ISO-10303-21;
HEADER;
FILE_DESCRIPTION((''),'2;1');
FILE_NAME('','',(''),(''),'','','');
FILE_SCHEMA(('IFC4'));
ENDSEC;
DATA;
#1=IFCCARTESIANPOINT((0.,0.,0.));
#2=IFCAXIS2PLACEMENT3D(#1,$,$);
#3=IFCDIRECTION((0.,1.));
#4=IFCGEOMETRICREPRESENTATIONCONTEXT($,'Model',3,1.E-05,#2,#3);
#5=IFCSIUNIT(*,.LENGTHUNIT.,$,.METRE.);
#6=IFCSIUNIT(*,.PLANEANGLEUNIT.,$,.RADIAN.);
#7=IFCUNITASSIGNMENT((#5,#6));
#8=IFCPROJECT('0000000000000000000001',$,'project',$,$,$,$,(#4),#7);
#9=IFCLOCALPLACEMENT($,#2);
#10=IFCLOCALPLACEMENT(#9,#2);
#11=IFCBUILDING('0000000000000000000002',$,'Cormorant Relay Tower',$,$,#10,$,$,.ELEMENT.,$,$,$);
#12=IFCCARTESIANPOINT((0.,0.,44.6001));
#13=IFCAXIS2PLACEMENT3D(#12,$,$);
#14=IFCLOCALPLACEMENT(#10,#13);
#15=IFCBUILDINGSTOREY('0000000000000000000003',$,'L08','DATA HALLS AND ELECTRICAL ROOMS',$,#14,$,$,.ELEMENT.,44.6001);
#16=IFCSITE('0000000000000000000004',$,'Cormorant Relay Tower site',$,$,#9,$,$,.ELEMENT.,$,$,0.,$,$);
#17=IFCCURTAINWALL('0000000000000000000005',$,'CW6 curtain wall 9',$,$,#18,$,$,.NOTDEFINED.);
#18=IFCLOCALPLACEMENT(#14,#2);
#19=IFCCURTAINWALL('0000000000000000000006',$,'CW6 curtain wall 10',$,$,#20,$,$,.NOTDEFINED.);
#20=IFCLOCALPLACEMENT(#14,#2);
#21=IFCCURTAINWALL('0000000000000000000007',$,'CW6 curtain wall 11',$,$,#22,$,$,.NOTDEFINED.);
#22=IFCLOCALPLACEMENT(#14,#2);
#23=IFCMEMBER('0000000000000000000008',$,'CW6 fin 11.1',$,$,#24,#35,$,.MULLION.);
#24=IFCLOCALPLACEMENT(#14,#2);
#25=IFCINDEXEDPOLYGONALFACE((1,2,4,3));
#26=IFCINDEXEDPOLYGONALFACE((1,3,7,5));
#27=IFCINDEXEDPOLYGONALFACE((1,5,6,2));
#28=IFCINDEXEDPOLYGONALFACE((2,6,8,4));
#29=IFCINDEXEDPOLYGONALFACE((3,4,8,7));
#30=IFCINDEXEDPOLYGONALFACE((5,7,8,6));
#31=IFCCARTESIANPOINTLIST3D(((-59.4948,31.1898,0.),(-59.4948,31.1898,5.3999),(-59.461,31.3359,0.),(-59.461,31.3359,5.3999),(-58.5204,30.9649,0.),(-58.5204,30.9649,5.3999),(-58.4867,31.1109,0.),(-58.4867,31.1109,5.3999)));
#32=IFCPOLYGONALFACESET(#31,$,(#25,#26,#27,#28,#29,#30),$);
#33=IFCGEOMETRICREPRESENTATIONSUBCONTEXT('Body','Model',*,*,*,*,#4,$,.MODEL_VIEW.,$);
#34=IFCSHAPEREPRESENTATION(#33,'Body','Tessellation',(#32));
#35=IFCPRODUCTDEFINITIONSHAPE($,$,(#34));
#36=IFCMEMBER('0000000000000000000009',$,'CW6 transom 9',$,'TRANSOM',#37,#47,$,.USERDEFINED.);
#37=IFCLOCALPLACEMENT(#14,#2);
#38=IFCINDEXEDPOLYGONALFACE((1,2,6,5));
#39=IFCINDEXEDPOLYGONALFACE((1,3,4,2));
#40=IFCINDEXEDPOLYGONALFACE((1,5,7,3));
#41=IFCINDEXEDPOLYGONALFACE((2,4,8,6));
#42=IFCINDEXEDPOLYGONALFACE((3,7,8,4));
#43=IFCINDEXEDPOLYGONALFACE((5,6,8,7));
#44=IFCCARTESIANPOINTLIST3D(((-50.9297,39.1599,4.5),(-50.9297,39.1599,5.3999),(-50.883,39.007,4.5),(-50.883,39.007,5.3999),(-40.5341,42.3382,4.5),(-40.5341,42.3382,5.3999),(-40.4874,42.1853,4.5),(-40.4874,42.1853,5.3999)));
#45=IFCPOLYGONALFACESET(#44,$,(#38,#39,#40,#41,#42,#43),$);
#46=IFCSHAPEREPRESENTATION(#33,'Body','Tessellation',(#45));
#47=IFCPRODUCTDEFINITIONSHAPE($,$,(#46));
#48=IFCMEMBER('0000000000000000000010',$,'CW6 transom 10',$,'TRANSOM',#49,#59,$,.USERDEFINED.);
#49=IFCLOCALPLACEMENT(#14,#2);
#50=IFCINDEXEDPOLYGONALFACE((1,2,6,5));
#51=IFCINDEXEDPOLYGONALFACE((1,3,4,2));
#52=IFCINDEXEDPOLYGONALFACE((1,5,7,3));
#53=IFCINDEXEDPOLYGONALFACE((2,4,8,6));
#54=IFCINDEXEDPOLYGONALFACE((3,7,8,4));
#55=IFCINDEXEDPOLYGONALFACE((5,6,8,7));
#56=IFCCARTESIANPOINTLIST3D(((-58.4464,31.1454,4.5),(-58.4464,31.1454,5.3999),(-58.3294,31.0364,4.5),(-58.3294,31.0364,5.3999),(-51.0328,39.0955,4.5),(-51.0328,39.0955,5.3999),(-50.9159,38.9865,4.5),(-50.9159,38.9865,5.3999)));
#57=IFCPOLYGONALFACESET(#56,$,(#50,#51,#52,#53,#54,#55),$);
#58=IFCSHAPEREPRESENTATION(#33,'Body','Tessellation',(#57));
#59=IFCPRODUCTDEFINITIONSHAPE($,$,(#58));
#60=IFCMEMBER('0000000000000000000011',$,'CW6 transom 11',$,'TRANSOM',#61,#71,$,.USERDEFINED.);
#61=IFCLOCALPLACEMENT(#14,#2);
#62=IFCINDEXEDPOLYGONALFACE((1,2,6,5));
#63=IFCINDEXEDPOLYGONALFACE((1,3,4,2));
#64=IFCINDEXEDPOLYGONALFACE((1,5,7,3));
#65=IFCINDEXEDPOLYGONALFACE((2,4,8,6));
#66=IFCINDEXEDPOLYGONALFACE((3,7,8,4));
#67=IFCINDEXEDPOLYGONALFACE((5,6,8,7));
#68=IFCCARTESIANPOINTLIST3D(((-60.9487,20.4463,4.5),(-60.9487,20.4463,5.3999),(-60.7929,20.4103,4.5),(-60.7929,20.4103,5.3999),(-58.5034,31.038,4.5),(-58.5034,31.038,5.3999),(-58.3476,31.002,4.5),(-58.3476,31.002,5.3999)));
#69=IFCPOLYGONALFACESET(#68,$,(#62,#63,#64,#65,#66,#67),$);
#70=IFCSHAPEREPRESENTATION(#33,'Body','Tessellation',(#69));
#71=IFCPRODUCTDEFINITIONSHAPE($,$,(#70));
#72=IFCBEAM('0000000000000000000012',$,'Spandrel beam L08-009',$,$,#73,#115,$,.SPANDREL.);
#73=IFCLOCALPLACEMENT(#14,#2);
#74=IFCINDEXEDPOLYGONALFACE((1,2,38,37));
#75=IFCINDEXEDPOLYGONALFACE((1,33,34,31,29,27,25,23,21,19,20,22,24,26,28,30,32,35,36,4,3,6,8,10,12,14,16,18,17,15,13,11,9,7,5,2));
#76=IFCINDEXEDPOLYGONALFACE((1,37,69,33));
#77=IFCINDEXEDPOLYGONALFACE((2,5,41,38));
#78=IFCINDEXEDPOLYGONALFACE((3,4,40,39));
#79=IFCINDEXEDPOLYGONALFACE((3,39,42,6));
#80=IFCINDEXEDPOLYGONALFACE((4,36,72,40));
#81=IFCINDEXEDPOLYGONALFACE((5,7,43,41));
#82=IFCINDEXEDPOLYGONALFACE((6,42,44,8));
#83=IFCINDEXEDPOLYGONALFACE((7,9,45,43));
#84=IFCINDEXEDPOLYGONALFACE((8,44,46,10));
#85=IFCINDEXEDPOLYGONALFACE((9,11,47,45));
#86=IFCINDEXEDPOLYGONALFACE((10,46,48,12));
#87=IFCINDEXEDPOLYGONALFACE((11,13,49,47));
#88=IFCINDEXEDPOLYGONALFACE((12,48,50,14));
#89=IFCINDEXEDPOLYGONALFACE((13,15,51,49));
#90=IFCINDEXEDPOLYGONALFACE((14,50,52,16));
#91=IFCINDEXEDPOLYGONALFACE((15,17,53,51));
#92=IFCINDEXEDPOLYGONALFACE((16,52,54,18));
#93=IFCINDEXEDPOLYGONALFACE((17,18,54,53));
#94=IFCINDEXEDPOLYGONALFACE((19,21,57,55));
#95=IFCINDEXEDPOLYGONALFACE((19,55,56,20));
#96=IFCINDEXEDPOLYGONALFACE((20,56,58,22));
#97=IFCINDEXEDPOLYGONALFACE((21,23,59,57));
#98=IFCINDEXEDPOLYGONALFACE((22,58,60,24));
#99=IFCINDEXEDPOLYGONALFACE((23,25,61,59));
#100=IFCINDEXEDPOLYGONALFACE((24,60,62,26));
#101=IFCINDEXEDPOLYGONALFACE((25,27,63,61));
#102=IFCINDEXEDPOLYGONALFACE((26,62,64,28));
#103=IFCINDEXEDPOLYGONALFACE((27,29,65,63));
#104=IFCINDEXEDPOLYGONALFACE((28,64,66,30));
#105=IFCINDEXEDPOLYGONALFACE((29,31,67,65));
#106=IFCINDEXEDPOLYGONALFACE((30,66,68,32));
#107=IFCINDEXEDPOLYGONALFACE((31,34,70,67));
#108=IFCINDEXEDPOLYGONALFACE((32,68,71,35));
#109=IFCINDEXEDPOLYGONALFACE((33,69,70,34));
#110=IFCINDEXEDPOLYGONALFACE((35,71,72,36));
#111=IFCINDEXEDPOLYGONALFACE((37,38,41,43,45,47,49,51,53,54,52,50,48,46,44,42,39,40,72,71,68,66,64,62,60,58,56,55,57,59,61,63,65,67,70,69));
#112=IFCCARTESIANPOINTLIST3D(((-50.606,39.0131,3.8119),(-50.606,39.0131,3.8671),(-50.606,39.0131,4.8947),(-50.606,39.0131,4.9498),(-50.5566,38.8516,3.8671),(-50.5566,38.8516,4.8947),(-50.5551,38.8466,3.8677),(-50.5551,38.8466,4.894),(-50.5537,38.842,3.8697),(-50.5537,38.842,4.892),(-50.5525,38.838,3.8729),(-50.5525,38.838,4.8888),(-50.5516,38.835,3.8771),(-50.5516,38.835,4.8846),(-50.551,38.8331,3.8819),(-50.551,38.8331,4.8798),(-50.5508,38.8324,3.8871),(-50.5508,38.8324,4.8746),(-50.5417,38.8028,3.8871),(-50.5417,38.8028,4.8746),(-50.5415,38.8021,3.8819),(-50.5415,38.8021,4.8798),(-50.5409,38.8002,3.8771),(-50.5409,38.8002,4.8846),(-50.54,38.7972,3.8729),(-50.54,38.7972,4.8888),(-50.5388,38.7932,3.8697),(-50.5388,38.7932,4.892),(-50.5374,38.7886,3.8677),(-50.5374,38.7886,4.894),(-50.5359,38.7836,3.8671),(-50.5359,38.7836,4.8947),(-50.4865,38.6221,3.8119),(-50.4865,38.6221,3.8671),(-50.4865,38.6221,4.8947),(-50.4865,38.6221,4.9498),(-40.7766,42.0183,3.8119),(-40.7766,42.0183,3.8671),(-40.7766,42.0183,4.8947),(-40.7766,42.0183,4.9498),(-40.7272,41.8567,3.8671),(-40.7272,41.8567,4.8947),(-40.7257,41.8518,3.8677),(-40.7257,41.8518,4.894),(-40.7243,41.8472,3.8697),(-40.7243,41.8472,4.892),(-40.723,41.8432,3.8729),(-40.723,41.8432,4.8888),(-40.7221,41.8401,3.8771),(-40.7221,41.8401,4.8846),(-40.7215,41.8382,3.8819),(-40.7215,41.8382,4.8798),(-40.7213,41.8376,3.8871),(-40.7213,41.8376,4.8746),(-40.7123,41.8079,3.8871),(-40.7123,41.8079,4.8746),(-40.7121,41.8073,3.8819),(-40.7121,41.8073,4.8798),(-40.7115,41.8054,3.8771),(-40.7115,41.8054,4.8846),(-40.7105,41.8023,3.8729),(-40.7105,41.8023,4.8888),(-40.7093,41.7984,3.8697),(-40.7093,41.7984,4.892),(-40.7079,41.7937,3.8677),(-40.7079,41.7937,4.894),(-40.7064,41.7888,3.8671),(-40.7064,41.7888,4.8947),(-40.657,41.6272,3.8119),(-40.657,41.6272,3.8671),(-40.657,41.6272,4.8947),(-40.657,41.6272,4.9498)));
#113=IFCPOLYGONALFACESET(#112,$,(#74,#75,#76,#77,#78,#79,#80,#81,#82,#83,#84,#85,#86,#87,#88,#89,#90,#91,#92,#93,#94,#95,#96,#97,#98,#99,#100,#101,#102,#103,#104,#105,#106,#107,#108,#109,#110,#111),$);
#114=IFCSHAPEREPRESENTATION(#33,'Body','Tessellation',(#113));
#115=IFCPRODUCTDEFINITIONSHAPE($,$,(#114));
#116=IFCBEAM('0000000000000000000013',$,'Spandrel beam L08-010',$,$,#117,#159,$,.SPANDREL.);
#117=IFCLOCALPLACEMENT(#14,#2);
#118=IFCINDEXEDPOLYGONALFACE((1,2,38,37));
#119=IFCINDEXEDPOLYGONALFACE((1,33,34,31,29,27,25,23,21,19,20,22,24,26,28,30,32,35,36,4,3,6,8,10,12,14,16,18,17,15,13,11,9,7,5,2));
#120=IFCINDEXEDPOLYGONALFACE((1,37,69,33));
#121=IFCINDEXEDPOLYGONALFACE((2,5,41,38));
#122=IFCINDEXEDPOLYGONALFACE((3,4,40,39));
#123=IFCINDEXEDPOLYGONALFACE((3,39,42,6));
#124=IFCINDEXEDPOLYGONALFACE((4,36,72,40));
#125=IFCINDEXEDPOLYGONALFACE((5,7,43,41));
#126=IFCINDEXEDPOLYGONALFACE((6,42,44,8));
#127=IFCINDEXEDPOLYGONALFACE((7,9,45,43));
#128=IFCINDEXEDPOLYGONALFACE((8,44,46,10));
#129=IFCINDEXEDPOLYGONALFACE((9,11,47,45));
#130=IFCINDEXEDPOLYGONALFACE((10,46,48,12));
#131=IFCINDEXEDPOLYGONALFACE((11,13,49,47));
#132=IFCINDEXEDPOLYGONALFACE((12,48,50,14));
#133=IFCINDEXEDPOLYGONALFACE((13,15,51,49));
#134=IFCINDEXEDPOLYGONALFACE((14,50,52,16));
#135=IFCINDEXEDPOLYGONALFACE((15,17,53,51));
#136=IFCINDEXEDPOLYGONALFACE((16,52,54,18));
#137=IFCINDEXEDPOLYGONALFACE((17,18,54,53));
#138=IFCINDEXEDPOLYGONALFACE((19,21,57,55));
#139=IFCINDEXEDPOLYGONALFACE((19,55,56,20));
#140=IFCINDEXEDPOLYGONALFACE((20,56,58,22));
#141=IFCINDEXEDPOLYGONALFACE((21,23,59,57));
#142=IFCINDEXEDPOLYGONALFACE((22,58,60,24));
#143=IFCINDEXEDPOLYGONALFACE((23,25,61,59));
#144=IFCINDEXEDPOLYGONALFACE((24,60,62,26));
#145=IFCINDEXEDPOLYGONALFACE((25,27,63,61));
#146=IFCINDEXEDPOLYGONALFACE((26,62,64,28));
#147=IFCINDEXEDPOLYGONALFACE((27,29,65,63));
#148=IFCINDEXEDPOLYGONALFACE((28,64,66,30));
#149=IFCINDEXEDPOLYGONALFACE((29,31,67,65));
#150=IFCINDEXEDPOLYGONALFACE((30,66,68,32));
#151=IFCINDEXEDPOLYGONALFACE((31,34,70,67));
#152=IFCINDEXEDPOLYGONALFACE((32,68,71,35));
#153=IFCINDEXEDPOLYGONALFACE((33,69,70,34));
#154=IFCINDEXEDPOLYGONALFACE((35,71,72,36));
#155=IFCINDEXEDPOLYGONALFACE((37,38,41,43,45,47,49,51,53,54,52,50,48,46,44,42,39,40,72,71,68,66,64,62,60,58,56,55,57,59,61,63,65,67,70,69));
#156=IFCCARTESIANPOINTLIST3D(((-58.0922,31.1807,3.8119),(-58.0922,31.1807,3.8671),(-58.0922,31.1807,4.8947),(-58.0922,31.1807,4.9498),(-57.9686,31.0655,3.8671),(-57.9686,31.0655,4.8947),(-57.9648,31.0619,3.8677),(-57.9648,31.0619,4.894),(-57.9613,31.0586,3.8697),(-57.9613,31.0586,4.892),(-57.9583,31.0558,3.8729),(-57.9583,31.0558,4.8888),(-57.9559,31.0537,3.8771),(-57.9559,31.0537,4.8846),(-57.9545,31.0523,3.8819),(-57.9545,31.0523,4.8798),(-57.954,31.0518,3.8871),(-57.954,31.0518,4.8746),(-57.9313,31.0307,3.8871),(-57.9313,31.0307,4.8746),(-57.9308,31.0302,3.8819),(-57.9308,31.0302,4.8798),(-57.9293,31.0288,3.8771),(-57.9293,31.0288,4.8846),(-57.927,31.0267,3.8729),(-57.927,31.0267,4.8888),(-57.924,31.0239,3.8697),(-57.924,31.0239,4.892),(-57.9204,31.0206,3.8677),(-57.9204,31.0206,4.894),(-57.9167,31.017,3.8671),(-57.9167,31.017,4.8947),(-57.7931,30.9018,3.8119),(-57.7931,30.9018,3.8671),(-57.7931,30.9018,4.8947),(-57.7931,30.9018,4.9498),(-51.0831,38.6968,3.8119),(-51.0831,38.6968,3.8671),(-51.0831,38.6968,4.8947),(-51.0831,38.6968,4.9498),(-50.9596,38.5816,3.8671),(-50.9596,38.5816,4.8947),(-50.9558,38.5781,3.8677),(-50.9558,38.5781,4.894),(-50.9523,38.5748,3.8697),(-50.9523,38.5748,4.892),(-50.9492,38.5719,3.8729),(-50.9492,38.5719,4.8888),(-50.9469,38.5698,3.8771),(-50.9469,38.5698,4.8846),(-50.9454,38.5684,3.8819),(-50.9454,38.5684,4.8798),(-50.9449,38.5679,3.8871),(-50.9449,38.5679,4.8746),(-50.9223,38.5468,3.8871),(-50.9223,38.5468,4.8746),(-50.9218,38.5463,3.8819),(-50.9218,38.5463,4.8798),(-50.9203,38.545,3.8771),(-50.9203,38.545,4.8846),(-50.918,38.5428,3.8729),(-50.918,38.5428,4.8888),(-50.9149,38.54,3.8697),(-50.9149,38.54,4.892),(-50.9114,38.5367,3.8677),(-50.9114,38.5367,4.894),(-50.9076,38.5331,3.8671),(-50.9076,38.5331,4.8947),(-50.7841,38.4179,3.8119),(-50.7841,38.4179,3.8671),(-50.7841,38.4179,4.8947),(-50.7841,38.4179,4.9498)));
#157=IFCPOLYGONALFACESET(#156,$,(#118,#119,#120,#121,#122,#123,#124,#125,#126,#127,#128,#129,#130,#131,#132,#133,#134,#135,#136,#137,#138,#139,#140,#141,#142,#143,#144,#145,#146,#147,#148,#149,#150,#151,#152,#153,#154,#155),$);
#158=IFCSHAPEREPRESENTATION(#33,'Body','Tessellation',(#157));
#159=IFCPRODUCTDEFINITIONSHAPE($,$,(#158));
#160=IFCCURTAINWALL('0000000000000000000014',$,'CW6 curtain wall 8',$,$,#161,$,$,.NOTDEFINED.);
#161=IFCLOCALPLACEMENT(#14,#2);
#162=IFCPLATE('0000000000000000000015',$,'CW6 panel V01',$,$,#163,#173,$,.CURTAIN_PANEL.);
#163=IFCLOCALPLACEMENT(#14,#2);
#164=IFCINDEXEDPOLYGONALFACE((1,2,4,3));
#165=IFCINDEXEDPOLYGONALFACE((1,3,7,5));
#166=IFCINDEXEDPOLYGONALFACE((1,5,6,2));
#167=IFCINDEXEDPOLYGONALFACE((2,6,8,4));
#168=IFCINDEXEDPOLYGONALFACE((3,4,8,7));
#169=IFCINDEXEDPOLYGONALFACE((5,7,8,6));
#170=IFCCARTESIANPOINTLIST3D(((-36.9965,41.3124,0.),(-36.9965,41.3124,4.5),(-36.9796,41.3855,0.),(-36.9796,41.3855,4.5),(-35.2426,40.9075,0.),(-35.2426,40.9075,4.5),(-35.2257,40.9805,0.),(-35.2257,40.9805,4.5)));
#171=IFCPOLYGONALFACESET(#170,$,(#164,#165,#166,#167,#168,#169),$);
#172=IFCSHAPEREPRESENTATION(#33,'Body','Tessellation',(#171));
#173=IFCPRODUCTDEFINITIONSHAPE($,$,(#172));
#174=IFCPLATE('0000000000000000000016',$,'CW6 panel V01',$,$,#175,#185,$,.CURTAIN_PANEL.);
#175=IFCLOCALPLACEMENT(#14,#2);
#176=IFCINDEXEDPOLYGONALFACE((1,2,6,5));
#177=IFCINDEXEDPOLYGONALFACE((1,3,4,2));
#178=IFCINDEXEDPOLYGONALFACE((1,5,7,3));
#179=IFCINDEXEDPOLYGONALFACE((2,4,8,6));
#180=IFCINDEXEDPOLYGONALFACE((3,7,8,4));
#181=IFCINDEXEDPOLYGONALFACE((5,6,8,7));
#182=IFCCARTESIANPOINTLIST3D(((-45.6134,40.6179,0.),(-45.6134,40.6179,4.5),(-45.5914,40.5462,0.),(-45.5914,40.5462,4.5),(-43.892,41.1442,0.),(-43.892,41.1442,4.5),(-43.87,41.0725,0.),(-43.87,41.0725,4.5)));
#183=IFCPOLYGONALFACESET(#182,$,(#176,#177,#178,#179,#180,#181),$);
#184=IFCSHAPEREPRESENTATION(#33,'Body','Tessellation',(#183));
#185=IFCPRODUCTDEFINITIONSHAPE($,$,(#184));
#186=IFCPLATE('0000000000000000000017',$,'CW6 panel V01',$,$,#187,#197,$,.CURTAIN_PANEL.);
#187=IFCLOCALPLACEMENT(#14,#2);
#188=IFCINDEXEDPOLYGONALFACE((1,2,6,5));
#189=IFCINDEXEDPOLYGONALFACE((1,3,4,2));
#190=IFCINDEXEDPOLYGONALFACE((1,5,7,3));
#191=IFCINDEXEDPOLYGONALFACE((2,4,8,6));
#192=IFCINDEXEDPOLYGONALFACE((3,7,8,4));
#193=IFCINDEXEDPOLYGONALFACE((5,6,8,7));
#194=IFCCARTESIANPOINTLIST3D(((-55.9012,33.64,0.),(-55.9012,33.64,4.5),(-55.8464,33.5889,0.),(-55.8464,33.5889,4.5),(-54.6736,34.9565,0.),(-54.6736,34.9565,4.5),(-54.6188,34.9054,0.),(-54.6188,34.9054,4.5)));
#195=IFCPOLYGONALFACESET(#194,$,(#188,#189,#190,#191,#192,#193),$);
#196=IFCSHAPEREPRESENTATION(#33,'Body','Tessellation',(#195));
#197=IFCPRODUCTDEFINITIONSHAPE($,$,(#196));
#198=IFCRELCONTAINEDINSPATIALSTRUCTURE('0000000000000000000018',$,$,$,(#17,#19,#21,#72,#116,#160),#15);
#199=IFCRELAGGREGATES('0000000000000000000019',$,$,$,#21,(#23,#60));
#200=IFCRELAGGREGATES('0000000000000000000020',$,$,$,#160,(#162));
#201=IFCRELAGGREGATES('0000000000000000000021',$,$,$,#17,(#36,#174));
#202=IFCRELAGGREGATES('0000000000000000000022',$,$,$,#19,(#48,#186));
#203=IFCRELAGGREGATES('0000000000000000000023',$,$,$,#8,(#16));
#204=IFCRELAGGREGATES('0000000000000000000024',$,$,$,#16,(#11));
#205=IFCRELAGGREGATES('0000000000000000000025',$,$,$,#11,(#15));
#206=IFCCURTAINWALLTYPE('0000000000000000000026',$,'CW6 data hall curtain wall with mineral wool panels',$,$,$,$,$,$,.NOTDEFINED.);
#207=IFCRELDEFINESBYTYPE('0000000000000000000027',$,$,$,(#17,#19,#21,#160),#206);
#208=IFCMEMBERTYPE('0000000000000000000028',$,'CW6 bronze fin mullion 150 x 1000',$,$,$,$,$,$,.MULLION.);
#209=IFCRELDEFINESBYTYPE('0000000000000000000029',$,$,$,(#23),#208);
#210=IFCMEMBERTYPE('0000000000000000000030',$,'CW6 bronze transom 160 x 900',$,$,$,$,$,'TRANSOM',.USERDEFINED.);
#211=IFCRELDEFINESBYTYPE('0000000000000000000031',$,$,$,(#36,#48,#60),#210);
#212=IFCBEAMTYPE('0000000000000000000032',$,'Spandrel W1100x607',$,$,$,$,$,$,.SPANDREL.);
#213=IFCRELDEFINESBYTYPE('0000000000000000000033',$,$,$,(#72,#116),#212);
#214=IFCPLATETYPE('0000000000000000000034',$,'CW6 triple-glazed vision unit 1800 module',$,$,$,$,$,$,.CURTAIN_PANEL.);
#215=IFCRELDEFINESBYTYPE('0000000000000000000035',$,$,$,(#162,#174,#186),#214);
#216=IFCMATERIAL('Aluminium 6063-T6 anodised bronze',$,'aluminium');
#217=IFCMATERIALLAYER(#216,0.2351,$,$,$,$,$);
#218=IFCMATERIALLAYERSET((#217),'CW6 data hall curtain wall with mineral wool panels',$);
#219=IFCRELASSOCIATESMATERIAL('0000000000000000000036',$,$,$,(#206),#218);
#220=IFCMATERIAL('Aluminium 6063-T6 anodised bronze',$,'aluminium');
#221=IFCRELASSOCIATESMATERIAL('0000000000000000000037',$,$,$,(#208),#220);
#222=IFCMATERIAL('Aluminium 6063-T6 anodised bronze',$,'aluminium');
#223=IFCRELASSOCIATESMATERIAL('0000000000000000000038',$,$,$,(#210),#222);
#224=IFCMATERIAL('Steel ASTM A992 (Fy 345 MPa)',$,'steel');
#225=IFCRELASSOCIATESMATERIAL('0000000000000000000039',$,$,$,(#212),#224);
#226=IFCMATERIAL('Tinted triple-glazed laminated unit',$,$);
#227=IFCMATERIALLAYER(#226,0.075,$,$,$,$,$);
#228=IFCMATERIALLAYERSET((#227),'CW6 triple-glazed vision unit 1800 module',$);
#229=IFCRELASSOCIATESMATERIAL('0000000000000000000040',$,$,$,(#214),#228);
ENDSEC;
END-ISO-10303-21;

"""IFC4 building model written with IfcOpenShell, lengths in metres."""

from ifc_helpers import new_model, si_unit, direction, frame, origin, origin_2d, place, context, subcontext, project, spatial, rectangle, i_section, extrude, material, layer, layer_set, material_profile, profile_set, type_object, element, aggregate, save


model = new_model("IFC4")

# Units and contexts
model_context = context("Model", 3, precision=1e-05, world=origin(), true_north=direction((0.0, 1.0)))
body_context = subcontext(model_context, "Body", "Model", "MODEL_VIEW")
ifc_project = project(units=[si_unit("LENGTHUNIT", "METRE"), si_unit("PLANEANGLEUNIT", "RADIAN")], contexts=[model_context])

# Site, building, storey
site_placement = place(None, origin())
site = spatial("IfcSite", under=ifc_project, at=site_placement, Name="Cormorant Relay Tower site", CompositionType="ELEMENT", RefElevation=0.0)
building_placement = place(site_placement, origin())
building = spatial("IfcBuilding", under=site, at=building_placement, Name="Cormorant Relay Tower", CompositionType="ELEMENT")
storey_placement = place(building_placement, frame((0.0, 0.0, 44.6001)))
storey = spatial("IfcBuildingStorey", under=building, at=storey_placement, Name="L08", Description="DATA HALLS AND ELECTRICAL ROOMS", CompositionType="ELEMENT", Elevation=44.6001)

# Curtain walls
ifc_material_1 = material(Name="Aluminium 6063-T6 anodised bronze", Category="aluminium")
ifc_layer_1 = layer(ifc_material_1, 0.2351)
ifc_layer_set_1 = layer_set([ifc_layer_1], Name="CW6 data hall curtain wall with mineral wool panels")
curtain_wall_type = type_object("IfcCurtainWallType", Name="CW6 data hall curtain wall with mineral wool panels", PredefinedType="NOTDEFINED", material=ifc_layer_set_1)
curtain_wall_1_placement = place(storey_placement, origin())
curtain_wall_1 = element("IfcCurtainWall", 1, at=curtain_wall_1_placement, inside=storey, type_object=curtain_wall_type, Name="CW6 curtain wall 9", PredefinedType="NOTDEFINED")
ifc_material_2 = material(Name="Aluminium 6063-T6 anodised bronze", Category="aluminium")
ifc_material_profile_1 = material_profile(ifc_material_2, rectangle(XDim=0.1499, YDim=1.0, at=origin_2d()), Name="AL 150x1000")
ifc_profile_set_1 = profile_set([ifc_material_profile_1], Name="Aluminium 6063-T6 anodised bronze")
member_type_1 = type_object("IfcMemberType", Name="CW6 bronze fin mullion 150 x 1000", PredefinedType="MULLION", material=ifc_profile_set_1)
curtain_wall_2_placement = place(storey_placement, origin())
curtain_wall_2 = element("IfcCurtainWall", 2, at=curtain_wall_2_placement, inside=storey, type_object=curtain_wall_type, Name="CW6 curtain wall 10", PredefinedType="NOTDEFINED")

# Curtain wall, member
curtain_wall_3_placement = place(storey_placement, origin())
curtain_wall_3 = element("IfcCurtainWall", 3, at=curtain_wall_3_placement, inside=storey, type_object=curtain_wall_type, Name="CW6 curtain wall 11", PredefinedType="NOTDEFINED")
member_1_placement = place(storey_placement, frame((-58.9907, 31.1504, 0.0), z_axis=(0.0, 0.0, 1.0), x_axis=(-0.224951, -0.97437, 0.0)))
member_1 = element("IfcMember", 4, at=member_1_placement, type_object=member_type_1, Name="CW6 fin 11.1", PredefinedType="MULLION", context=body_context, shape_type="SweptSolid", body=[
    extrude(rectangle(XDim=0.1499, YDim=1.0, at=origin_2d()), origin(), (0.0, 0.0, 1.0), 5.3999),
])

# Members
ifc_material_3 = material(Name="Aluminium 6063-T6 anodised bronze", Category="aluminium")
ifc_material_profile_2 = material_profile(ifc_material_3, rectangle(XDim=0.1599, YDim=0.8999, at=origin_2d()), Name="AL 160x900")
ifc_profile_set_2 = profile_set([ifc_material_profile_2], Name="Aluminium 6063-T6 anodised bronze")
member_type_2 = type_object("IfcMemberType", Name="CW6 bronze transom 160 x 900", ElementType="TRANSOM", PredefinedType="USERDEFINED", material=ifc_profile_set_2)
member_2_placement = place(storey_placement, frame((-40.5107, 42.2617, 4.95), z_axis=(-0.956305, -0.292371, 0.0), x_axis=(0.292371, -0.956305, 0.0)))
member_2 = element("IfcMember", 5, at=member_2_placement, type_object=member_type_2, Name="CW6 transom 9", ObjectType="TRANSOM", PredefinedType="USERDEFINED", context=body_context, shape_type="SweptSolid", body=[
    extrude(rectangle(XDim=0.1599, YDim=0.8999, at=origin_2d()), origin(), (0.0, 0.0, 1.0), 10.8706),
])
member_3_placement = place(storey_placement, frame((-50.9744, 39.041, 4.95), z_axis=(-0.681993, -0.731358, 0.0), x_axis=(0.731358, -0.681993, 0.0)))
member_3 = element("IfcMember", 6, at=member_3_placement, type_object=member_type_2, Name="CW6 transom 10", ObjectType="TRANSOM", PredefinedType="USERDEFINED", context=body_context, shape_type="SweptSolid", body=[
    extrude(rectangle(XDim=0.1599, YDim=0.8999, at=origin_2d()), origin(), (0.0, 0.0, 1.0), 10.8704),
])
member_4_placement = place(storey_placement, frame((-58.4255, 31.02, 4.95), z_axis=(-0.224951, -0.97437, 0.0), x_axis=(0.97437, -0.224951, 0.0)))
member_4 = element("IfcMember", 7, at=member_4_placement, type_object=member_type_2, Name="CW6 transom 11", ObjectType="TRANSOM", PredefinedType="USERDEFINED", context=body_context, shape_type="SweptSolid", body=[
    extrude(rectangle(XDim=0.1599, YDim=0.8999, at=origin_2d()), origin(), (0.0, 0.0, 1.0), 10.8704),
])
aggregate(curtain_wall_3, [member_1, member_4])

# Beams
ifc_material_4 = material(Name="Steel ASTM A992 (Fy 345 MPa)", Category="steel")
ifc_material_profile_3 = material_profile(ifc_material_4, i_section(OverallWidth=0.4089, OverallDepth=1.1379, WebThickness=0.031, FlangeThickness=0.0552, FilletRadius=0.02, at=origin_2d()), Name="W1100x607")
ifc_profile_set_3 = profile_set([ifc_material_profile_3], Name="Steel ASTM A992 (Fy 345 MPa)")
beam_type = type_object("IfcBeamType", Name="Spandrel W1100x607", PredefinedType="SPANDREL", material=ifc_profile_set_3)
beam_1_placement = place(storey_placement, frame((-40.7168, 41.8228, 4.3809), z_axis=(-0.956305, -0.292371, 0.0), x_axis=(0.292371, -0.956305, 0.0)))
element("IfcBeam", 8, at=beam_1_placement, inside=storey, type_object=beam_type, Name="Spandrel beam L08-009", PredefinedType="SPANDREL", context=body_context, shape_type="SweptSolid", body=[
    extrude(i_section(OverallWidth=0.4089, OverallDepth=1.1379, WebThickness=0.031, FlangeThickness=0.0552, FilletRadius=0.02, at=origin_2d()), origin(), (0.0, 0.0, 1.0), 10.2786),
])
beam_2_placement = place(storey_placement, frame((-50.9336, 38.5574, 4.3809), z_axis=(-0.682006, -0.731347, 0.0), x_axis=(0.731347, -0.682006, 0.0)))
element("IfcBeam", 9, at=beam_2_placement, inside=storey, type_object=beam_type, Name="Spandrel beam L08-010", PredefinedType="SPANDREL", context=body_context, shape_type="SweptSolid", body=[
    extrude(i_section(OverallWidth=0.4089, OverallDepth=1.1379, WebThickness=0.031, FlangeThickness=0.0552, FilletRadius=0.02, at=origin_2d()), origin(), (0.0, 0.0, 1.0), 10.2771),
])

# Curtain wall, plate
curtain_wall_4_placement = place(storey_placement, origin())
curtain_wall_4 = element("IfcCurtainWall", 10, at=curtain_wall_4_placement, inside=storey, type_object=curtain_wall_type, Name="CW6 curtain wall 8", PredefinedType="NOTDEFINED")
ifc_material_5 = material(Name="Tinted triple-glazed laminated unit")
ifc_layer_2 = layer(ifc_material_5, 0.075)
ifc_layer_set_2 = layer_set([ifc_layer_2], Name="CW6 triple-glazed vision unit 1800 module")
plate_type = type_object("IfcPlateType", Name="CW6 triple-glazed vision unit 1800 module", PredefinedType="CURTAIN_PANEL", material=ifc_layer_set_2)
plate_1_placement = place(storey_placement, frame((-36.1111, 41.1465, 0.0), z_axis=(0.0, 0.0, 1.0), x_axis=(-0.97437, 0.224951, 0.0)))
plate_1 = element("IfcPlate", 11, at=plate_1_placement, type_object=plate_type, Name="CW6 panel V01", PredefinedType="CURTAIN_PANEL", context=body_context, shape_type="SweptSolid", body=[
    extrude(rectangle(XDim=1.8, YDim=0.075, at=origin_2d()), origin(), (0.0, 0.0, 1.0), 4.5),
])

# Plates
plate_2_placement = place(storey_placement, frame((-44.7417, 40.8452, 0.0), z_axis=(0.0, 0.0, 1.0), x_axis=(-0.956305, -0.292372, 0.0)))
plate_2 = element("IfcPlate", 12, at=plate_2_placement, type_object=plate_type, Name="CW6 panel V01", PredefinedType="CURTAIN_PANEL", context=body_context, shape_type="SweptSolid", body=[
    extrude(rectangle(XDim=1.8, YDim=0.075, at=origin_2d()), origin(), (0.0, 0.0, 1.0), 4.5),
])
plate_3_placement = place(storey_placement, frame((-55.26, 34.2727, 0.0), z_axis=(0.0, 0.0, 1.0), x_axis=(-0.681998, -0.731354, 0.0)))
plate_3 = element("IfcPlate", 13, at=plate_3_placement, type_object=plate_type, Name="CW6 panel V01", PredefinedType="CURTAIN_PANEL", context=body_context, shape_type="SweptSolid", body=[
    extrude(rectangle(XDim=1.8, YDim=0.075, at=origin_2d()), origin(), (0.0, 0.0, 1.0), 4.5),
])

aggregate(curtain_wall_4, [plate_1])
aggregate(curtain_wall_1, [member_2, plate_2])
aggregate(curtain_wall_2, [member_3, plate_3])

save(model, "model.ifc")
